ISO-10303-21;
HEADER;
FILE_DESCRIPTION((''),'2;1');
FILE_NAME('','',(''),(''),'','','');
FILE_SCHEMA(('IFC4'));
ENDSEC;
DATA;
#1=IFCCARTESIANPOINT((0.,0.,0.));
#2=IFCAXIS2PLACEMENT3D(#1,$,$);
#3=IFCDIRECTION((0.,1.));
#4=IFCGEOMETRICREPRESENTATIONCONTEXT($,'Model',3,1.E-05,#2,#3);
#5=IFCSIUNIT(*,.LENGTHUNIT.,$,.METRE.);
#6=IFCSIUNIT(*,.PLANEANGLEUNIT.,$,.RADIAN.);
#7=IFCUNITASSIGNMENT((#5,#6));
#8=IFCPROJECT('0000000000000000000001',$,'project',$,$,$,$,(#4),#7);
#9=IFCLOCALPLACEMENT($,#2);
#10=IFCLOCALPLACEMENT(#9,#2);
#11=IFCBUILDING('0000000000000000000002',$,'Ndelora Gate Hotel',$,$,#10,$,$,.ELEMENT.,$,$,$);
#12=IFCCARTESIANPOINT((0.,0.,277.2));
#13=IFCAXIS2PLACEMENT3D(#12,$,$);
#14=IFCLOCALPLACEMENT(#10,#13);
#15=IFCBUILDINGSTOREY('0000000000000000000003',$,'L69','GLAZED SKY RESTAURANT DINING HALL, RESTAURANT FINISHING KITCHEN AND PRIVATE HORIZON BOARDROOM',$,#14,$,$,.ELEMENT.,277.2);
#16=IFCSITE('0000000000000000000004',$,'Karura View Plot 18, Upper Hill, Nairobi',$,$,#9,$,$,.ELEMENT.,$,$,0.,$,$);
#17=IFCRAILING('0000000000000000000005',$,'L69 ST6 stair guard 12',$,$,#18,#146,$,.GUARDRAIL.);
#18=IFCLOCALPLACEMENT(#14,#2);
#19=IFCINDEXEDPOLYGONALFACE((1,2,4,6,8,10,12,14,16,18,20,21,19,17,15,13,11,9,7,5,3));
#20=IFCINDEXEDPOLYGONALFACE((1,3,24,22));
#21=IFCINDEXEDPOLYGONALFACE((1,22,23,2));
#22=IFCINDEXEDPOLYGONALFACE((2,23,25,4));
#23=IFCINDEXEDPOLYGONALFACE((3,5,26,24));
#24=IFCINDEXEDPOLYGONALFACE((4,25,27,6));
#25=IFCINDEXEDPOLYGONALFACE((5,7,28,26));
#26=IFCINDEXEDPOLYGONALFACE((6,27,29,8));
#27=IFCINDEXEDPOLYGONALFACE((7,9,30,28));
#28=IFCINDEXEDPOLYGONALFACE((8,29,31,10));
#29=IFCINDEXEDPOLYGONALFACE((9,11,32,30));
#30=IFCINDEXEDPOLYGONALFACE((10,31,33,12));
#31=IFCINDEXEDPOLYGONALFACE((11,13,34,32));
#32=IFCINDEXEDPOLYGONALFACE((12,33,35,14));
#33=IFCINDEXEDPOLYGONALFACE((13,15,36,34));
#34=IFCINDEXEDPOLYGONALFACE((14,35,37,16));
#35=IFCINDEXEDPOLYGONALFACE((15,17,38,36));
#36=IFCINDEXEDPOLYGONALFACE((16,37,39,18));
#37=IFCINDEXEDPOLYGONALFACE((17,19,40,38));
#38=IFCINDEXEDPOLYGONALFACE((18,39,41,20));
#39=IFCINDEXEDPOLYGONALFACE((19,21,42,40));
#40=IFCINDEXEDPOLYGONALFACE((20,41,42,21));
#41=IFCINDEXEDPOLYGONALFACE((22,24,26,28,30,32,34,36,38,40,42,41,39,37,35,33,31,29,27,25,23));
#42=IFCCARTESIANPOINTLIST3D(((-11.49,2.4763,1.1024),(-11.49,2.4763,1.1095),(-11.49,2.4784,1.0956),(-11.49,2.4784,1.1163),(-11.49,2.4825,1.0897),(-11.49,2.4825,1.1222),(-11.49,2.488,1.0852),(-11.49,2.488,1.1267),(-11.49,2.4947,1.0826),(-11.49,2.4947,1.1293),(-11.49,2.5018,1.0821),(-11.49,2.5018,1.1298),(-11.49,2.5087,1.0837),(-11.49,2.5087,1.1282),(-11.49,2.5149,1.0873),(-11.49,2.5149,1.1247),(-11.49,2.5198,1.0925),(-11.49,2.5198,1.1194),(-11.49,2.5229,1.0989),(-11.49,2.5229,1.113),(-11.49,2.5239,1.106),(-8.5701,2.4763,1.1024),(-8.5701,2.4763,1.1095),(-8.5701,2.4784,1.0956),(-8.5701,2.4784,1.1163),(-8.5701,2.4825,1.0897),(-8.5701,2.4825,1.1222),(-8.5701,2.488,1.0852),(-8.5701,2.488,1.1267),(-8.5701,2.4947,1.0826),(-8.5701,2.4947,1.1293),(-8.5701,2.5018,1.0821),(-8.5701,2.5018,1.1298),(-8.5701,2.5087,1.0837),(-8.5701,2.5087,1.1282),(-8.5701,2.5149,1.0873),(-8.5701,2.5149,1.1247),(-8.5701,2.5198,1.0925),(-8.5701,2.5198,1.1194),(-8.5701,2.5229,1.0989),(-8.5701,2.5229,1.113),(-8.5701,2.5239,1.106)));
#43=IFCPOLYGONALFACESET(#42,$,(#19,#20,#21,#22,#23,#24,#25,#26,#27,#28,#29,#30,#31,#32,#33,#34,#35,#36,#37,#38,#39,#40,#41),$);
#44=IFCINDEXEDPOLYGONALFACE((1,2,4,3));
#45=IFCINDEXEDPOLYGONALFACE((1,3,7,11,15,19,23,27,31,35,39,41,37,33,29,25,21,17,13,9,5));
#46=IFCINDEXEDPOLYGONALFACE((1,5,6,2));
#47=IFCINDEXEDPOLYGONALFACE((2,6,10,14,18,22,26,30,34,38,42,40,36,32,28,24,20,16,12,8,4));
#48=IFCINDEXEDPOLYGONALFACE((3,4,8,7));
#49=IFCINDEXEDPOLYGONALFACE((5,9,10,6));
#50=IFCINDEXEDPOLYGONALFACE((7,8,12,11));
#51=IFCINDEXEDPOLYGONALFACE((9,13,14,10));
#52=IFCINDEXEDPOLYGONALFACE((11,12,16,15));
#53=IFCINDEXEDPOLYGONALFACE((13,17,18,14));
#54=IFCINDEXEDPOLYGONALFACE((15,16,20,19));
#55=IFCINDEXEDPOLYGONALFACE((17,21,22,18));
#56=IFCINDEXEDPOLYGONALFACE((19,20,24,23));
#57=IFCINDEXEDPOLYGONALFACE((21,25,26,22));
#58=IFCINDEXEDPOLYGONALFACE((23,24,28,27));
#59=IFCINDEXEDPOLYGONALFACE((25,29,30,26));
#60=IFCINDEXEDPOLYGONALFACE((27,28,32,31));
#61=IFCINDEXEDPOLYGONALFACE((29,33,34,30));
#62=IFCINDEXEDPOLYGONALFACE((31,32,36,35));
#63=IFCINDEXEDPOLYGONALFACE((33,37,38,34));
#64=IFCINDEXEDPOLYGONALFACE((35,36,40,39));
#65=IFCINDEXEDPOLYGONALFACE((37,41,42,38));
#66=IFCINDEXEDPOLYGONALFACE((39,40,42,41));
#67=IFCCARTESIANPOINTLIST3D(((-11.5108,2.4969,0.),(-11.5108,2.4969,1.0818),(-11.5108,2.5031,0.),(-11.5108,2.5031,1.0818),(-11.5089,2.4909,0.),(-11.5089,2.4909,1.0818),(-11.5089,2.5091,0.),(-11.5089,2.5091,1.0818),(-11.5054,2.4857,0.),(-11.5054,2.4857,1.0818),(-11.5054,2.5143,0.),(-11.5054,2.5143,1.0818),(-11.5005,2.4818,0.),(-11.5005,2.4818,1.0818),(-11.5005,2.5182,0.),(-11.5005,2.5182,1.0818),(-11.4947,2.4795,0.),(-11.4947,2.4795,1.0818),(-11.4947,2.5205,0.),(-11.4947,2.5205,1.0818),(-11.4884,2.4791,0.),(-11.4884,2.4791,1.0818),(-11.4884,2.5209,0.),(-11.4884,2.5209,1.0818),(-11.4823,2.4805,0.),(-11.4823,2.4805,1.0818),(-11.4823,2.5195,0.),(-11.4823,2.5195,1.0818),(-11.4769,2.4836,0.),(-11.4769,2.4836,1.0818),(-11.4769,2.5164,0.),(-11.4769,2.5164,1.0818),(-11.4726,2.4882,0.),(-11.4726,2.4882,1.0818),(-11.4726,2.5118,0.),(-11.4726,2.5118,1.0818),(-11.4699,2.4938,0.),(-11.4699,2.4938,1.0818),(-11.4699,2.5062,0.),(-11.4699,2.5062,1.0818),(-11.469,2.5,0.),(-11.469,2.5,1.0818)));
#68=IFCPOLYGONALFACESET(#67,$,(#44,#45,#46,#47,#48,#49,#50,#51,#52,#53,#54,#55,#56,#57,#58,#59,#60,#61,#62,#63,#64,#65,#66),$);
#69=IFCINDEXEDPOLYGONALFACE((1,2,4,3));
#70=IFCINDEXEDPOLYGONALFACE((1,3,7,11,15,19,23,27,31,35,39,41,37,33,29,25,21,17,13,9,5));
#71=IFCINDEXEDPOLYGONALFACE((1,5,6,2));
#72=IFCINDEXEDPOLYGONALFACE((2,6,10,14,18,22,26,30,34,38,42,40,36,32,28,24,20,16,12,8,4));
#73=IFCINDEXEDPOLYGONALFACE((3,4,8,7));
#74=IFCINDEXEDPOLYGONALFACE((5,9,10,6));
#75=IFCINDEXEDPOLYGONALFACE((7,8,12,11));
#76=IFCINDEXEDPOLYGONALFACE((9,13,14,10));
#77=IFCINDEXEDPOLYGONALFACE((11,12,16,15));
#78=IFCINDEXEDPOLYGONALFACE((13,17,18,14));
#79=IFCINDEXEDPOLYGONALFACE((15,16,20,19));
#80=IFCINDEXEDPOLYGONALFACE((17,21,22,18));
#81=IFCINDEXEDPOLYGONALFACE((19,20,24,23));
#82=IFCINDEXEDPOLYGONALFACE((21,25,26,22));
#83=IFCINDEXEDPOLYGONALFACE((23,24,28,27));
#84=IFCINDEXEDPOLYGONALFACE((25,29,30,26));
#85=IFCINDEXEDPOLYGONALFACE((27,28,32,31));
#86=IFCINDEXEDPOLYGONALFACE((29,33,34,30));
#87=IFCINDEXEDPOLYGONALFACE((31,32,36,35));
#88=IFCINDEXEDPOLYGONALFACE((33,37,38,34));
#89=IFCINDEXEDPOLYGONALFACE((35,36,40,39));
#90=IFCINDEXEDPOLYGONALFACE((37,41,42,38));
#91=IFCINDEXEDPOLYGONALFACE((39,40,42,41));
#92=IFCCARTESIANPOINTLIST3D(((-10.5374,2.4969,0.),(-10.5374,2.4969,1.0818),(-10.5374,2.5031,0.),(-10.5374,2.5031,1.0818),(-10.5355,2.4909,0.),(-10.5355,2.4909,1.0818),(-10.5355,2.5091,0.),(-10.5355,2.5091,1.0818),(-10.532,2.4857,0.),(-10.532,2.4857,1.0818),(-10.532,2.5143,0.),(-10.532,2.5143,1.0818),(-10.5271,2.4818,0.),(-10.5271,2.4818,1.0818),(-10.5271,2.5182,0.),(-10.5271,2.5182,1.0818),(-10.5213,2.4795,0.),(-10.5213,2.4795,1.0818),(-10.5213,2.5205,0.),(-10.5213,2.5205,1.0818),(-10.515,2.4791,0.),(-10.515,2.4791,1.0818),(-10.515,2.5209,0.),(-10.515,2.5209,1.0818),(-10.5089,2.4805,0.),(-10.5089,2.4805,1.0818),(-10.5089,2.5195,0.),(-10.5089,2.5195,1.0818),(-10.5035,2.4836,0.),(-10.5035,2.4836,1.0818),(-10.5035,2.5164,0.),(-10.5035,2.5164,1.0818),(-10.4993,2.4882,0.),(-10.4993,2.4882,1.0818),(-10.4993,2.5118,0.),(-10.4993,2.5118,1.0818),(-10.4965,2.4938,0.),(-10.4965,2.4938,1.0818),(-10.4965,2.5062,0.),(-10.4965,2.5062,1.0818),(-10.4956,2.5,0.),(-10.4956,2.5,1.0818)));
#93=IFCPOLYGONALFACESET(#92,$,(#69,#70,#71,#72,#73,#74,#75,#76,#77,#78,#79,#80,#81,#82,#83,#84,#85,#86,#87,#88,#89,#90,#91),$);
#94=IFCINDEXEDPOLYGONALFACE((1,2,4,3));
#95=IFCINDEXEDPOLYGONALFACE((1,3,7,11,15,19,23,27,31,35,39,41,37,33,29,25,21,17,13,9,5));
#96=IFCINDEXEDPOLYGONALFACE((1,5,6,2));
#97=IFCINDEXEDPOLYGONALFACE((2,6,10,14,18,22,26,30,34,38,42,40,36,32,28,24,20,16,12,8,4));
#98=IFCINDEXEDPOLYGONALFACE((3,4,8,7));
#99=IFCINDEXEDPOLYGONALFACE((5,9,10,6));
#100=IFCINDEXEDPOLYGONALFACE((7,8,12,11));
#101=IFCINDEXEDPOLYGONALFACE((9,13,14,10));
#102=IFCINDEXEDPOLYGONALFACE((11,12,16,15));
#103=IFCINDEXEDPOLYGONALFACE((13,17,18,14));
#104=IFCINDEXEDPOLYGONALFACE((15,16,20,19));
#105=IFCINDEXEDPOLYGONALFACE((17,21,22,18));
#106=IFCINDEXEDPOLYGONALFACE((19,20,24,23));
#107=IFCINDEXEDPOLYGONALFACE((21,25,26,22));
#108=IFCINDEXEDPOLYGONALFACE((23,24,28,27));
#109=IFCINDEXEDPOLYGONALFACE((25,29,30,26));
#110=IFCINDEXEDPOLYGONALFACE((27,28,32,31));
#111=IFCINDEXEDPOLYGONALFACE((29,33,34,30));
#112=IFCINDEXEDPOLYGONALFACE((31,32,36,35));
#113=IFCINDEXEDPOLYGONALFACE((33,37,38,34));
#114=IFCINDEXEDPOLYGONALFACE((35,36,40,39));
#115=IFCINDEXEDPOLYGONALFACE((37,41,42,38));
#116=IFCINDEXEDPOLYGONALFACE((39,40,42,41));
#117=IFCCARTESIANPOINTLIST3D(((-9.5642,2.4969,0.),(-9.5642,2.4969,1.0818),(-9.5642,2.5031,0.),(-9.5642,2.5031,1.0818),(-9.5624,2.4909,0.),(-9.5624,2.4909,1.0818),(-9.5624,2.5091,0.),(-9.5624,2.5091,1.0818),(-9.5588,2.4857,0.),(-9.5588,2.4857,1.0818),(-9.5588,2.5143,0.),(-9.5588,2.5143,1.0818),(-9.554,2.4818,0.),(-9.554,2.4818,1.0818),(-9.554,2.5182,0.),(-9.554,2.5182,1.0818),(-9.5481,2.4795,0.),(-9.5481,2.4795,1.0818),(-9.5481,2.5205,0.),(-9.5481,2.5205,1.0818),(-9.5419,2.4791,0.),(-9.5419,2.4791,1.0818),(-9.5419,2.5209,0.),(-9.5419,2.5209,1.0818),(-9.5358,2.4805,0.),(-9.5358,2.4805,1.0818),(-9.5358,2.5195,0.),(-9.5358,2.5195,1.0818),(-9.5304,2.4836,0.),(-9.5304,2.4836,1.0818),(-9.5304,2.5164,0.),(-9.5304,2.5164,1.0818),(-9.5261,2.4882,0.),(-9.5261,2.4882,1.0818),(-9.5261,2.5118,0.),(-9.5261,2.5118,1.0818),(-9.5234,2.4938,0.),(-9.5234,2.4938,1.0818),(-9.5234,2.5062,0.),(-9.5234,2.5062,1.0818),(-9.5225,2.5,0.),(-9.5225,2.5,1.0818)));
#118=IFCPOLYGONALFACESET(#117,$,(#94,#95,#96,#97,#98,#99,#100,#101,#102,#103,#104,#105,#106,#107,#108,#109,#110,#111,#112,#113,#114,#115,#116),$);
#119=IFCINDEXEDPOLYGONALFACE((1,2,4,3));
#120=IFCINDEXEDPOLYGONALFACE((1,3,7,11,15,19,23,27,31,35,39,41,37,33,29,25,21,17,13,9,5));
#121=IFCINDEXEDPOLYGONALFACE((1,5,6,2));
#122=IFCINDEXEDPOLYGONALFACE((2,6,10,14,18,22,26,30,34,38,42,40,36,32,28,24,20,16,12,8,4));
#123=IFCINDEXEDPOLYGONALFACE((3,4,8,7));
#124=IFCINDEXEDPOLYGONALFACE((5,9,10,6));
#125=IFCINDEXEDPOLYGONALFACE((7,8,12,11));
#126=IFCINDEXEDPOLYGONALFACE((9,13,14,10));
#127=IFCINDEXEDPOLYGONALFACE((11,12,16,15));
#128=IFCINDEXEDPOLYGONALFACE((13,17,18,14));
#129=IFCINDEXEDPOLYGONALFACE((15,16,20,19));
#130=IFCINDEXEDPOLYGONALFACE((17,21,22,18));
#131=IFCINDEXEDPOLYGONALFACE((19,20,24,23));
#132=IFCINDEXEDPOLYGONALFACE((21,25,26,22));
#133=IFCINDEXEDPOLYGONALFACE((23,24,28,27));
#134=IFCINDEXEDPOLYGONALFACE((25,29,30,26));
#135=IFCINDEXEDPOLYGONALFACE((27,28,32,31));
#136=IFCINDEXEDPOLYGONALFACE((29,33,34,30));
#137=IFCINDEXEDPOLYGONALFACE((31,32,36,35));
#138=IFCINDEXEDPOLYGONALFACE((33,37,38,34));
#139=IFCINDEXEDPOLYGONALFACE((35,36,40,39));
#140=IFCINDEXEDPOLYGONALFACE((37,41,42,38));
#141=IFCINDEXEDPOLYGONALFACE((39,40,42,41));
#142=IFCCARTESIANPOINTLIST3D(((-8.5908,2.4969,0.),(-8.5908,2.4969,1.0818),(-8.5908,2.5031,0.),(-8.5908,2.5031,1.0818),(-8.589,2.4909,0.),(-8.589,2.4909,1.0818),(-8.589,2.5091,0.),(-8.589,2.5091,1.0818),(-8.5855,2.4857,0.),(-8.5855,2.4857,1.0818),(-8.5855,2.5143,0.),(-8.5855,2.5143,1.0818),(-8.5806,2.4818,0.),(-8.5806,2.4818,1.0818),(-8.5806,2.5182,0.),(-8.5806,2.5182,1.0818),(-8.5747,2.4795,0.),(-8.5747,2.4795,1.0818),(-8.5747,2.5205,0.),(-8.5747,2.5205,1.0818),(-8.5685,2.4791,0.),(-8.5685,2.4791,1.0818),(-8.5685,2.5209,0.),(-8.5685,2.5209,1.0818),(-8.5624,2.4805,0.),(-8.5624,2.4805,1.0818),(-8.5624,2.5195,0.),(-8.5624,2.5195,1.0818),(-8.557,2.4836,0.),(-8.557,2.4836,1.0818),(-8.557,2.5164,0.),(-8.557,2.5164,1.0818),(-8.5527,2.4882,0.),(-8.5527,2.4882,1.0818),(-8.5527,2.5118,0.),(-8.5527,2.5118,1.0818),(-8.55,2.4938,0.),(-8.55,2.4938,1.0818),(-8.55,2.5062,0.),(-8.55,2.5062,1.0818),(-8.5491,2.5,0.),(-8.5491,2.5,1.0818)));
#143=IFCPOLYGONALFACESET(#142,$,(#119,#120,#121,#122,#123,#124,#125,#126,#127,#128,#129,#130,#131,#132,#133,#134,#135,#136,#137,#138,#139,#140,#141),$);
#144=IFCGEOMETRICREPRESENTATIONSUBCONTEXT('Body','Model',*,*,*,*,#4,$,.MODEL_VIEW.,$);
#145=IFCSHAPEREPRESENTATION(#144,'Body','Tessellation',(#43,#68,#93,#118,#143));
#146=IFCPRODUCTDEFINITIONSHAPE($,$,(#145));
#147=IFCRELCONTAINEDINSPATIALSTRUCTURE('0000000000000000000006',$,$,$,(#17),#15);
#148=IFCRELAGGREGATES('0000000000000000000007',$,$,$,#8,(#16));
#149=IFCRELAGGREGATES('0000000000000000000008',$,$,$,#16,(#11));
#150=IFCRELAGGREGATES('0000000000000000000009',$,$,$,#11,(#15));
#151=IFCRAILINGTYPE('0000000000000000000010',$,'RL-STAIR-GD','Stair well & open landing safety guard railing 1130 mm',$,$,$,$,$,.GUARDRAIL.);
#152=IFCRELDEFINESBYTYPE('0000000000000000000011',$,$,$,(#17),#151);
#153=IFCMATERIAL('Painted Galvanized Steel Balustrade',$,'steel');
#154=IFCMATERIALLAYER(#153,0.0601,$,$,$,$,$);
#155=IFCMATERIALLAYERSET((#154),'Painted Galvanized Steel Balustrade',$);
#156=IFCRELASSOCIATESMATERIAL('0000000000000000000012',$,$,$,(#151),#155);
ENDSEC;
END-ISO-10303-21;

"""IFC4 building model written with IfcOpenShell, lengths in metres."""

from ifc_helpers import new_model, si_unit, direction, frame, origin, origin_2d, place, context, subcontext, project, spatial, circle, extrude, material, layer, layer_set, type_object, element, save


model = new_model("IFC4")

# Units and contexts
model_context = context("Model", 3, precision=1e-05, world=origin(), true_north=direction((0.0, 1.0)))
body_context = subcontext(model_context, "Body", "Model", "MODEL_VIEW")
ifc_project = project(units=[si_unit("LENGTHUNIT", "METRE"), si_unit("PLANEANGLEUNIT", "RADIAN")], contexts=[model_context])

# Site, building, storey
site_placement = place(None, origin())
site = spatial("IfcSite", under=ifc_project, at=site_placement, Name="Karura View Plot 18, Upper Hill, Nairobi", CompositionType="ELEMENT", RefElevation=0.0)
building_placement = place(site_placement, origin())
building = spatial("IfcBuilding", under=site, at=building_placement, Name="Ndelora Gate Hotel", CompositionType="ELEMENT")
storey_placement = place(building_placement, frame((0.0, 0.0, 277.2)))
storey = spatial("IfcBuildingStorey", under=building, at=storey_placement, Name="L69", Description="GLAZED SKY RESTAURANT DINING HALL, RESTAURANT FINISHING KITCHEN AND PRIVATE HORIZON BOARDROOM", CompositionType="ELEMENT", Elevation=277.2)

# Railing
ifc_material_1 = material(Name="Painted Galvanized Steel Balustrade", Category="steel")
ifc_layer_1 = layer(ifc_material_1, 0.0601)
ifc_layer_set_1 = layer_set([ifc_layer_1], Name="Painted Galvanized Steel Balustrade")
railing_type_1 = type_object("IfcRailingType", Name="RL-STAIR-GD", Description="Stair well & open landing safety guard railing 1130 mm", PredefinedType="GUARDRAIL", material=ifc_layer_set_1)
railing_1_placement = place(storey_placement, frame((-11.49, 2.5, 0.0)))
element("IfcRailing", 1, at=railing_1_placement, inside=storey, type_object=railing_type_1, Name="L69 ST6 stair guard 12", PredefinedType="GUARDRAIL", context=body_context, shape_type="SweptSolid", body=[
    extrude(circle(Radius=0.0239, at=origin_2d()), frame((0.0, 0.0, 1.106), z_axis=(1.0, 0.0, 0.0), x_axis=(0.0, 1.0, 0.0)), (0.0, 0.0, 1.0), 2.9199),
    extrude(circle(Radius=0.021, at=origin_2d()), origin(), (0.0, 0.0, 1.0), 1.0818),
    extrude(circle(Radius=0.021, at=origin_2d()), frame((0.9734, 0.0, 0.0)), (0.0, 0.0, 1.0), 1.0818),
    extrude(circle(Radius=0.021, at=origin_2d()), frame((1.9465, 0.0, 0.0)), (0.0, 0.0, 1.0), 1.0818),
    extrude(circle(Radius=0.021, at=origin_2d()), frame((2.9199, 0.0, 0.0)), (0.0, 0.0, 1.0), 1.0818),
])

save(model, "model.ifc")
